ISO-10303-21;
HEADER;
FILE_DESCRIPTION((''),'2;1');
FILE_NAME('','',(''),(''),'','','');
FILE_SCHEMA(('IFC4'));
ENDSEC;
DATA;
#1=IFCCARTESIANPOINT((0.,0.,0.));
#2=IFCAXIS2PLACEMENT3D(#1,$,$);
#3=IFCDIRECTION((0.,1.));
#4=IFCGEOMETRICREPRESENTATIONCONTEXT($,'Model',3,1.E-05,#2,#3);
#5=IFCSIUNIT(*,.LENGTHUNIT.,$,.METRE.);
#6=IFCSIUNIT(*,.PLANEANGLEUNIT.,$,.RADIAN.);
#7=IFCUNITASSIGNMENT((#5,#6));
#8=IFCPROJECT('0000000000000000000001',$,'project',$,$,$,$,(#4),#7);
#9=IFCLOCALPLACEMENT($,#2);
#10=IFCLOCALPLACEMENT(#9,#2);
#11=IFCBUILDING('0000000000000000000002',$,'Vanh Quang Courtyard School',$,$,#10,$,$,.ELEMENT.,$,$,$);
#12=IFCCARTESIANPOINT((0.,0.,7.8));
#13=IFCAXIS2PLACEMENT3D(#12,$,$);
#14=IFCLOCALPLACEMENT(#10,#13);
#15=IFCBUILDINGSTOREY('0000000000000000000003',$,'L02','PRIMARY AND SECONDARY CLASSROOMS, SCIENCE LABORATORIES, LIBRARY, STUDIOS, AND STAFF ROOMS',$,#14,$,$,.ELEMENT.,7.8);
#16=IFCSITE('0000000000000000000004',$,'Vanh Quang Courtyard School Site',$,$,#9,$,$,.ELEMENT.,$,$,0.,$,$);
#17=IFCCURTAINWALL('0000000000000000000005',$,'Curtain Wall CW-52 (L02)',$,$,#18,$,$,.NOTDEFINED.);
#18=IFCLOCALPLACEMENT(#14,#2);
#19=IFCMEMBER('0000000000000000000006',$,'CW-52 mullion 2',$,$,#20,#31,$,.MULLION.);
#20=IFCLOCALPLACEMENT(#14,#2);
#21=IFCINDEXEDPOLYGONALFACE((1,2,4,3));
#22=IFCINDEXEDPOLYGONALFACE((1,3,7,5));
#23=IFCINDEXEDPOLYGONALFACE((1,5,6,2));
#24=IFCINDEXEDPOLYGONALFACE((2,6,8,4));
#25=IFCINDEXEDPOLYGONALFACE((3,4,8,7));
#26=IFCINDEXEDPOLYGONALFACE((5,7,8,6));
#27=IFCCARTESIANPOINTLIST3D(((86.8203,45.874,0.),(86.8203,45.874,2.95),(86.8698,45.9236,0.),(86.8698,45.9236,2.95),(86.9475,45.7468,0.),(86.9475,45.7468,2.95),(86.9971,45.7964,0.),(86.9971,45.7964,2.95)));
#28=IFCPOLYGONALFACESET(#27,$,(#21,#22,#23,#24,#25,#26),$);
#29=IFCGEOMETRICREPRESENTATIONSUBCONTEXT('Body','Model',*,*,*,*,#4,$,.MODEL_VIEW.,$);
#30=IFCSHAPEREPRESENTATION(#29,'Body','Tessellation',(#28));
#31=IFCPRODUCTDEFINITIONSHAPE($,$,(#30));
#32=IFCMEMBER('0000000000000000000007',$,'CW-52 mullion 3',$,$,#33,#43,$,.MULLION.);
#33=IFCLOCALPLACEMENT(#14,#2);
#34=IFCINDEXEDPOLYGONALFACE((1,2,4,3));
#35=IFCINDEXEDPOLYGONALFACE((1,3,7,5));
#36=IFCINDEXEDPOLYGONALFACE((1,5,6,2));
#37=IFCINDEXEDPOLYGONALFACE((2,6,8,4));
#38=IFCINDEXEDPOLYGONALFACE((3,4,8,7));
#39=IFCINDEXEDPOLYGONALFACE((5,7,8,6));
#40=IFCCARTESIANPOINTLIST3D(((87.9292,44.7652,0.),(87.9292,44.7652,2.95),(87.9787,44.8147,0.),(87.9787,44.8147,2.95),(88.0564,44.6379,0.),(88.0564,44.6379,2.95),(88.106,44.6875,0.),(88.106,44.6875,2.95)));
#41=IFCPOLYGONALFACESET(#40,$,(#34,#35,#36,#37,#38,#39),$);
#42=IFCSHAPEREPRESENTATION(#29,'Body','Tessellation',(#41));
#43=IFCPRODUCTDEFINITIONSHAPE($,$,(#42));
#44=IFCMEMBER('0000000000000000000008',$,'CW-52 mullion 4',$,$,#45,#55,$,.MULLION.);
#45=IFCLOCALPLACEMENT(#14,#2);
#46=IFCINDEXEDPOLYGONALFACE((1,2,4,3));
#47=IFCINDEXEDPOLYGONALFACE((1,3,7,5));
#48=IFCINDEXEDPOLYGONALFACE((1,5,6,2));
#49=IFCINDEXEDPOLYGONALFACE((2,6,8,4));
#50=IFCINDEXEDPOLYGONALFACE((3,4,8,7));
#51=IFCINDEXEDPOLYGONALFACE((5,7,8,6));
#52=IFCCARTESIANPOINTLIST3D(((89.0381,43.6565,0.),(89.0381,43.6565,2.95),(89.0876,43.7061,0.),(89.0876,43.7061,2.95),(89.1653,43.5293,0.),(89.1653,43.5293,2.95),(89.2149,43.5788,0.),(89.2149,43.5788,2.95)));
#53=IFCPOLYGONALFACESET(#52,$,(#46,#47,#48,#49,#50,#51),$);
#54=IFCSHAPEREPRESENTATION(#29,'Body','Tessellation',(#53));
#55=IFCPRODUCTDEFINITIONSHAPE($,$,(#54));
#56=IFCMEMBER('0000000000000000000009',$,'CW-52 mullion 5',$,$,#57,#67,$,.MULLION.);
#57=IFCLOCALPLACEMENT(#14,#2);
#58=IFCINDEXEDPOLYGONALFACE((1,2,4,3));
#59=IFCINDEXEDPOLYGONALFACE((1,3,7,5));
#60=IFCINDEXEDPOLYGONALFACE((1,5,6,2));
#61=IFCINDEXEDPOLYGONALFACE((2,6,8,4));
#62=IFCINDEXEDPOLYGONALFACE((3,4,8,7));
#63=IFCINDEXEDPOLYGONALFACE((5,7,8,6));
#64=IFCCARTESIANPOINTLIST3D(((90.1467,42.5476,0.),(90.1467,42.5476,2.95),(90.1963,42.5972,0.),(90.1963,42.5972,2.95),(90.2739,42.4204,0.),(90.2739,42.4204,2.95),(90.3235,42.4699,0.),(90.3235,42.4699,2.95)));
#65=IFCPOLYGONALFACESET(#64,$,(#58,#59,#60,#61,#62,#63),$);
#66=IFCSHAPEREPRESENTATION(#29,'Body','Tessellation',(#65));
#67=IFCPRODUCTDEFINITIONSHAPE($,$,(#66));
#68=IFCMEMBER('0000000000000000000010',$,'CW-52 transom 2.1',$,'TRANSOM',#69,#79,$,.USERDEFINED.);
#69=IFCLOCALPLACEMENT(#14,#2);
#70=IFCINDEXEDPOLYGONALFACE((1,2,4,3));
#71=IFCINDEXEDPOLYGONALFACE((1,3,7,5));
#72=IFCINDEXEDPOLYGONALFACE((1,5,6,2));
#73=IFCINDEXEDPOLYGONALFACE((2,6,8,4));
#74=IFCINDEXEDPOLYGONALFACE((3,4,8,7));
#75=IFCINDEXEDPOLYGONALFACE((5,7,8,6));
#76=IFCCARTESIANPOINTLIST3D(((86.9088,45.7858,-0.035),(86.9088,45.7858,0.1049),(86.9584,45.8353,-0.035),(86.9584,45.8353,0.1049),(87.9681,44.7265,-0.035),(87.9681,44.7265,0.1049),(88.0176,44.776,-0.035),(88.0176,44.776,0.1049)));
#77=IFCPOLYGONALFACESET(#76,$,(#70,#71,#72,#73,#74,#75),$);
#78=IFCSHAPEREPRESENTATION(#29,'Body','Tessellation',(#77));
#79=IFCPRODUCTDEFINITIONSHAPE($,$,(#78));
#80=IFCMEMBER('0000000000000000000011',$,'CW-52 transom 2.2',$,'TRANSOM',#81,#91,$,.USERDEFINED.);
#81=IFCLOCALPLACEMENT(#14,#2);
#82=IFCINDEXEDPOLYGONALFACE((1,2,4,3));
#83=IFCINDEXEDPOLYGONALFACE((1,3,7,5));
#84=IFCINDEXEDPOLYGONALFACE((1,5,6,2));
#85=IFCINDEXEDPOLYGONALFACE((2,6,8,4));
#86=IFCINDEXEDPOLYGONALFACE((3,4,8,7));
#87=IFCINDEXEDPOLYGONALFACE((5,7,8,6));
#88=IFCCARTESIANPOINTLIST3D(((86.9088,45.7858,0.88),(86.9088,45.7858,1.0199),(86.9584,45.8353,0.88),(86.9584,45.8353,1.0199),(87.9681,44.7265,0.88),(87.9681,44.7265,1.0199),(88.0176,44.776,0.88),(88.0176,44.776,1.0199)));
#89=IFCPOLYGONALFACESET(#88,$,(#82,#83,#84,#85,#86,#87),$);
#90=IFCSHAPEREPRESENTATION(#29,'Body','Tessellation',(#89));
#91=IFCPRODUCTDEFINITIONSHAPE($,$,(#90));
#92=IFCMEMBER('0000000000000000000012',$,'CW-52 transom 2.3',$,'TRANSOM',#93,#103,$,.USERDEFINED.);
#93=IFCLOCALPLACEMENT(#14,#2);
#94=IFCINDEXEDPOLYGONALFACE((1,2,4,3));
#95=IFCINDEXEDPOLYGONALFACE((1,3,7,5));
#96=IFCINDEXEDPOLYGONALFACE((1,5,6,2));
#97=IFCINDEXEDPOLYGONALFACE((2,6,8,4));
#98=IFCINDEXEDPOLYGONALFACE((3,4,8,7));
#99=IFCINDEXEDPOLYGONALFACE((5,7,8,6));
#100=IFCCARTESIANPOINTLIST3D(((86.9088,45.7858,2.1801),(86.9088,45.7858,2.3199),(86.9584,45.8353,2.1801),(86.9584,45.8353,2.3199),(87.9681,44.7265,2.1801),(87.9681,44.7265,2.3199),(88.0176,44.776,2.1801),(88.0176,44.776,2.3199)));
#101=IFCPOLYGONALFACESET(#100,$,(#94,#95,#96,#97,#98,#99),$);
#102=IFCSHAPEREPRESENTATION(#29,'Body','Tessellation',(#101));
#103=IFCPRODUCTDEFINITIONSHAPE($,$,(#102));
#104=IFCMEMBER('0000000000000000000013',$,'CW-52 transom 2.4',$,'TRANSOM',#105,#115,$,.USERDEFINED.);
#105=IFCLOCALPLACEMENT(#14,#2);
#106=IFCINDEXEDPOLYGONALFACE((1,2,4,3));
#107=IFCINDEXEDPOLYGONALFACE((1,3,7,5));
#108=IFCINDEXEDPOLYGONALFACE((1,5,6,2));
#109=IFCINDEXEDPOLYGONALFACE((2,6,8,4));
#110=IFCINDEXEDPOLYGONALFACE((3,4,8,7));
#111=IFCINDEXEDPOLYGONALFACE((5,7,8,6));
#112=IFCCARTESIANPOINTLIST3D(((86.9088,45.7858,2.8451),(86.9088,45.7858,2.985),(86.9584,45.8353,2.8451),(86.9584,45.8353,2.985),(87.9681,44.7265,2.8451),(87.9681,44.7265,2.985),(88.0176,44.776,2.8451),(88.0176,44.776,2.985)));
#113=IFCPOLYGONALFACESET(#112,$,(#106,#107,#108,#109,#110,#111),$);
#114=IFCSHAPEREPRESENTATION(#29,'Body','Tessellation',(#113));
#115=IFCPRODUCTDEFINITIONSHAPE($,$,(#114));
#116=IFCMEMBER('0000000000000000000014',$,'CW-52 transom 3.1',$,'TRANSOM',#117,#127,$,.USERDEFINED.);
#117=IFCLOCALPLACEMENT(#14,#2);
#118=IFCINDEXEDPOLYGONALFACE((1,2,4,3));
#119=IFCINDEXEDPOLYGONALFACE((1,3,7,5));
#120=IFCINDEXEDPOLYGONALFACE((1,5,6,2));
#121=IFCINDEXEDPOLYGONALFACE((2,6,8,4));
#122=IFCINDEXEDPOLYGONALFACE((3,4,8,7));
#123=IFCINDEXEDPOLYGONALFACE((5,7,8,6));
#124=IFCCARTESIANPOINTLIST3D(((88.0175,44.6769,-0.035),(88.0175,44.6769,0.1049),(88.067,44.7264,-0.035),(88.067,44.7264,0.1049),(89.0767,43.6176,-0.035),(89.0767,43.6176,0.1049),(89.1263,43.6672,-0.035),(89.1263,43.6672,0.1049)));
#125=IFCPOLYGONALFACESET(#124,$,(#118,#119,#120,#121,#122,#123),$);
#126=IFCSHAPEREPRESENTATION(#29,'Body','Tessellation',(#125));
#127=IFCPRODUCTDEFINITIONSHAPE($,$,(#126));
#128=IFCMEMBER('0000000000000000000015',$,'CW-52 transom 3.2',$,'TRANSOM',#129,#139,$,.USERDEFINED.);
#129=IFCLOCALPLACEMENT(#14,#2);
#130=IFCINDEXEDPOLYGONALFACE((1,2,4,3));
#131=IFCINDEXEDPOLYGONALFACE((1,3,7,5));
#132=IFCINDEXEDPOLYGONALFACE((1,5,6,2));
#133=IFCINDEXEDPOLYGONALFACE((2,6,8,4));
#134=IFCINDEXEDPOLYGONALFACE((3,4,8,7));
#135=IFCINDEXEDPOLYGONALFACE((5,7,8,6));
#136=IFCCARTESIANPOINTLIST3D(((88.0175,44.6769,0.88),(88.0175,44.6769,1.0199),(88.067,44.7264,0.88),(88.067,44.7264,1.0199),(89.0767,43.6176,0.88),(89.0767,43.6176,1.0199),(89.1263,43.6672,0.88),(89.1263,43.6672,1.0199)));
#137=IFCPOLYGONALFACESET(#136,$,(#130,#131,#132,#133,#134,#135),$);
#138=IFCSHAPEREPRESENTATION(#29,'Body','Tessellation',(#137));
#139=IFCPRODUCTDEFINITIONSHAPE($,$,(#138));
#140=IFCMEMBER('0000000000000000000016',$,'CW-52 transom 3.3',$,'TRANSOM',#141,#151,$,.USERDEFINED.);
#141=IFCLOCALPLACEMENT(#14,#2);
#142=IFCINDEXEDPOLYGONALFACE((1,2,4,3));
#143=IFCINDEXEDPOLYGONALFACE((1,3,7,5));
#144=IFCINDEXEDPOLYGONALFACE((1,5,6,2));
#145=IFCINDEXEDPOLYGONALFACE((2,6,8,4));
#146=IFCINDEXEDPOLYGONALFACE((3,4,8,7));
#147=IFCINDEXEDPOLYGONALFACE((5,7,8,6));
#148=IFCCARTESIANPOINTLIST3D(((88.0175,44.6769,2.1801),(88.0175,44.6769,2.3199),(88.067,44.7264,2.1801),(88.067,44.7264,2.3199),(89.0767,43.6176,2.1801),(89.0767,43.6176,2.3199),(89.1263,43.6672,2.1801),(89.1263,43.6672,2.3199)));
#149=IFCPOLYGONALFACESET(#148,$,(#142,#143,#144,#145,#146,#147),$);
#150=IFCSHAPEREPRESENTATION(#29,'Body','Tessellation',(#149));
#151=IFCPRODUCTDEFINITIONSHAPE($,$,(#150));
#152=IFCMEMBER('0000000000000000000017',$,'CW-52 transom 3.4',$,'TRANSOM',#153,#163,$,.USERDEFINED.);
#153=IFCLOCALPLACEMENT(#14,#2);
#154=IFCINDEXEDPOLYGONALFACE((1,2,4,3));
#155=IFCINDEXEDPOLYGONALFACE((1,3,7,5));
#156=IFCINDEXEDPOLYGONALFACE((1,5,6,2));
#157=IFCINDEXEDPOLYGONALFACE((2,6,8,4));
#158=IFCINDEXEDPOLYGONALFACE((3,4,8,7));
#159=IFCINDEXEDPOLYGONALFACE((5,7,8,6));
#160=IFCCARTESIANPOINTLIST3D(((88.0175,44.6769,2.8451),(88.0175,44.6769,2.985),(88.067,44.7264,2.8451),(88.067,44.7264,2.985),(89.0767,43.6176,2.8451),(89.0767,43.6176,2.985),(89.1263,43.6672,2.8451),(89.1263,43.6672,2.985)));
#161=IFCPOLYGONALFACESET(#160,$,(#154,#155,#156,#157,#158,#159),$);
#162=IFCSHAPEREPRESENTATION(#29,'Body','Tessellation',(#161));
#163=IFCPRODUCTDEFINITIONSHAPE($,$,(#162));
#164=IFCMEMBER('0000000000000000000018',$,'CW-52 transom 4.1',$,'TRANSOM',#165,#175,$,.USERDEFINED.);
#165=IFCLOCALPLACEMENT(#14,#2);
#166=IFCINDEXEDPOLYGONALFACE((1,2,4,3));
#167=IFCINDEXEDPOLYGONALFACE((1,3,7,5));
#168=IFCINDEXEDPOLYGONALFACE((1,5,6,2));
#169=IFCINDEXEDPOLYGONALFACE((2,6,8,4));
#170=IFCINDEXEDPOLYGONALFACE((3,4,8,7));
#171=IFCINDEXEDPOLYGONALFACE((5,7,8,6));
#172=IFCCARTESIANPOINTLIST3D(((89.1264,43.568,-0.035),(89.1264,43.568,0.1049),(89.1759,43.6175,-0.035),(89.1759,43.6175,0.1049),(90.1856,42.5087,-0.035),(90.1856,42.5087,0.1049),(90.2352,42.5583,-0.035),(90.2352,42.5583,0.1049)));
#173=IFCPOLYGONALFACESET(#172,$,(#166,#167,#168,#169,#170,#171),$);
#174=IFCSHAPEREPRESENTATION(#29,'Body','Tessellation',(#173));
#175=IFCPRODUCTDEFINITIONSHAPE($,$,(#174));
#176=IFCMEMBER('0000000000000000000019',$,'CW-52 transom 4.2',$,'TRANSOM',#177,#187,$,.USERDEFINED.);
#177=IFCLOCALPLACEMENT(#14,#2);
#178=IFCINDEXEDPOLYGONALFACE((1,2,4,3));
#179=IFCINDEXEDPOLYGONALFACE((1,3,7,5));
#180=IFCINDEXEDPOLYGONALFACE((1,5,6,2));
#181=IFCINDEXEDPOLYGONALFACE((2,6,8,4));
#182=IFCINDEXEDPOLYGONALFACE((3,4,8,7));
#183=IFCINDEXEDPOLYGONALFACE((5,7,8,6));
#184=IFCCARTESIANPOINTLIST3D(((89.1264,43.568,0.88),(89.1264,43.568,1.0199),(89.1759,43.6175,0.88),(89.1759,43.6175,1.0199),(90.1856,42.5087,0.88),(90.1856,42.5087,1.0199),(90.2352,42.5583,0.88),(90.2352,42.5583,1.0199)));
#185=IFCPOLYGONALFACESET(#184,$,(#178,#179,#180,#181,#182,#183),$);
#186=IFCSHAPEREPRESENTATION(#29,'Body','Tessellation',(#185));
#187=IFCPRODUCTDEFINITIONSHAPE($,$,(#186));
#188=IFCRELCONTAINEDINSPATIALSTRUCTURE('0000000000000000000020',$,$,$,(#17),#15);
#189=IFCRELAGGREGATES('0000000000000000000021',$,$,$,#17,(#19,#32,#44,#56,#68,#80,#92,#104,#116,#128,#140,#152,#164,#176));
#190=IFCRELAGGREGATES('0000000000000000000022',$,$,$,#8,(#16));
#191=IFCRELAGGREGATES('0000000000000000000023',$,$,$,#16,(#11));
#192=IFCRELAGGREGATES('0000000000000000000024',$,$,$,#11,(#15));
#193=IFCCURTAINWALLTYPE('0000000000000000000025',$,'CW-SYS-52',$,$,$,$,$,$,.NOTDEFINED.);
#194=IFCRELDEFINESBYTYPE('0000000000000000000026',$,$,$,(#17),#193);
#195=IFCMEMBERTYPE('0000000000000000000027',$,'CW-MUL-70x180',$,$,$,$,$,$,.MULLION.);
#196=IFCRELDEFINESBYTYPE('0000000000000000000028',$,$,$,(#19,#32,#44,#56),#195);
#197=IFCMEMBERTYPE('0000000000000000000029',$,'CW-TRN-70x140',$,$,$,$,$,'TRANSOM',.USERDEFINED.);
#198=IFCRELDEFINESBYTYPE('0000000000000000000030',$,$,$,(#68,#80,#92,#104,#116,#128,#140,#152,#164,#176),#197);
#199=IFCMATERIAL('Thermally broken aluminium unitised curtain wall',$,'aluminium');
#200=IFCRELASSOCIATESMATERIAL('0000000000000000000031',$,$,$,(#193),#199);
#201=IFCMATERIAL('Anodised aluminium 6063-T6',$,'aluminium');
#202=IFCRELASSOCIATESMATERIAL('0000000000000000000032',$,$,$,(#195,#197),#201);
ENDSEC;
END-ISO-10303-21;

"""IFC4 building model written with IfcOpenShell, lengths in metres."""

from ifc_helpers import new_model, si_unit, direction, frame, origin, origin_2d, place, context, subcontext, project, spatial, rectangle, extrude, material, material_profile, profile_set, type_object, element, aggregate, save


model = new_model("IFC4")

# Units and contexts
model_context = context("Model", 3, precision=1e-05, world=origin(), true_north=direction((0.0, 1.0)))
body_context = subcontext(model_context, "Body", "Model", "MODEL_VIEW")
ifc_project = project(units=[si_unit("LENGTHUNIT", "METRE"), si_unit("PLANEANGLEUNIT", "RADIAN")], contexts=[model_context])

# Site, building, storey
site_placement = place(None, origin())
site = spatial("IfcSite", under=ifc_project, at=site_placement, Name="Vanh Quang Courtyard School Site", CompositionType="ELEMENT", RefElevation=0.0)
building_placement = place(site_placement, origin())
building = spatial("IfcBuilding", under=site, at=building_placement, Name="Vanh Quang Courtyard School", CompositionType="ELEMENT")
storey_placement = place(building_placement, frame((0.0, 0.0, 7.8)))
storey = spatial("IfcBuildingStorey", under=building, at=storey_placement, Name="L02", Description="PRIMARY AND SECONDARY CLASSROOMS, SCIENCE LABORATORIES, LIBRARY, STUDIOS, AND STAFF ROOMS", CompositionType="ELEMENT", Elevation=7.8)

# Curtain wall, members
ifc_material_1 = material(Name="Thermally broken aluminium unitised curtain wall", Category="aluminium")
curtain_wall_type = type_object("IfcCurtainWallType", Name="CW-SYS-52", PredefinedType="NOTDEFINED", material=ifc_material_1)
curtain_wall_placement = place(storey_placement, origin())
curtain_wall = element("IfcCurtainWall", 1, at=curtain_wall_placement, inside=storey, type_object=curtain_wall_type, Name="Curtain Wall CW-52 (L02)", PredefinedType="NOTDEFINED")
ifc_material_2 = material(Name="Anodised aluminium 6063-T6", Category="aluminium")
ifc_material_profile_1 = material_profile(ifc_material_2, rectangle(XDim=0.0701, YDim=0.1799, at=origin_2d()), Name="ALU-MUL 70x180")
ifc_profile_set_1 = profile_set([ifc_material_profile_1], Name="Anodised aluminium 6063-T6")
member_type_1 = type_object("IfcMemberType", Name="CW-MUL-70x180", PredefinedType="MULLION", material=ifc_profile_set_1)
member_1_placement = place(storey_placement, frame((86.9087, 45.8352, 0.0), z_axis=(0.0, 0.0, 1.0), x_axis=(0.707107, 0.707107, 0.0)))
member_1 = element("IfcMember", 2, at=member_1_placement, type_object=member_type_1, Name="CW-52 mullion 2", PredefinedType="MULLION", context=body_context, shape_type="SweptSolid", body=[
    extrude(rectangle(XDim=0.0701, YDim=0.1799, at=origin_2d()), origin(), (0.0, 0.0, 1.0), 2.95),
])
member_2_placement = place(storey_placement, frame((88.0176, 44.7263, 0.0), z_axis=(0.0, 0.0, 1.0), x_axis=(0.707107, 0.707107, 0.0)))
member_2 = element("IfcMember", 3, at=member_2_placement, type_object=member_type_1, Name="CW-52 mullion 3", PredefinedType="MULLION", context=body_context, shape_type="SweptSolid", body=[
    extrude(rectangle(XDim=0.0701, YDim=0.1799, at=origin_2d()), origin(), (0.0, 0.0, 1.0), 2.95),
])
member_3_placement = place(storey_placement, frame((89.1265, 43.6177, 0.0), z_axis=(0.0, 0.0, 1.0), x_axis=(0.707107, 0.707107, 0.0)))
member_3 = element("IfcMember", 4, at=member_3_placement, type_object=member_type_1, Name="CW-52 mullion 4", PredefinedType="MULLION", context=body_context, shape_type="SweptSolid", body=[
    extrude(rectangle(XDim=0.0701, YDim=0.1799, at=origin_2d()), origin(), (0.0, 0.0, 1.0), 2.95),
])
member_4_placement = place(storey_placement, frame((90.2351, 42.5088, 0.0), z_axis=(0.0, 0.0, 1.0), x_axis=(0.707107, 0.707107, 0.0)))
member_4 = element("IfcMember", 5, at=member_4_placement, type_object=member_type_1, Name="CW-52 mullion 5", PredefinedType="MULLION", context=body_context, shape_type="SweptSolid", body=[
    extrude(rectangle(XDim=0.0701, YDim=0.1799, at=origin_2d()), origin(), (0.0, 0.0, 1.0), 2.95),
])
ifc_material_profile_2 = material_profile(ifc_material_2, rectangle(XDim=0.0701, YDim=0.1399, at=origin_2d()), Name="ALU-TRN 70x140")
ifc_profile_set_2 = profile_set([ifc_material_profile_2], Name="Anodised aluminium 6063-T6")
member_type_2 = type_object("IfcMemberType", Name="CW-TRN-70x140", ElementType="TRANSOM", PredefinedType="USERDEFINED", material=ifc_profile_set_2)
member_5_placement = place(storey_placement, frame((86.9336, 45.8105, 0.0349), z_axis=(0.707107, -0.707107, 0.0), x_axis=(0.707107, 0.707107, 0.0)))
member_5 = element("IfcMember", 6, at=member_5_placement, type_object=member_type_2, Name="CW-52 transom 2.1", ObjectType="TRANSOM", PredefinedType="USERDEFINED", context=body_context, shape_type="SweptSolid", body=[
    extrude(rectangle(XDim=0.0701, YDim=0.1399, at=origin_2d()), origin(), (0.0, 0.0, 1.0), 1.498),
])
member_6_placement = place(storey_placement, frame((86.9336, 45.8105, 0.95), z_axis=(0.707107, -0.707107, 0.0), x_axis=(0.707107, 0.707107, 0.0)))
member_6 = element("IfcMember", 7, at=member_6_placement, type_object=member_type_2, Name="CW-52 transom 2.2", ObjectType="TRANSOM", PredefinedType="USERDEFINED", context=body_context, shape_type="SweptSolid", body=[
    extrude(rectangle(XDim=0.0701, YDim=0.1399, at=origin_2d()), origin(), (0.0, 0.0, 1.0), 1.498),
])
member_7_placement = place(storey_placement, frame((86.9336, 45.8105, 2.25), z_axis=(0.707107, -0.707107, 0.0), x_axis=(0.707107, 0.707107, 0.0)))
member_7 = element("IfcMember", 8, at=member_7_placement, type_object=member_type_2, Name="CW-52 transom 2.3", ObjectType="TRANSOM", PredefinedType="USERDEFINED", context=body_context, shape_type="SweptSolid", body=[
    extrude(rectangle(XDim=0.0701, YDim=0.1399, at=origin_2d()), origin(), (0.0, 0.0, 1.0), 1.498),
])
member_8_placement = place(storey_placement, frame((86.9336, 45.8105, 2.915), z_axis=(0.707107, -0.707107, 0.0), x_axis=(0.707107, 0.707107, 0.0)))
member_8 = element("IfcMember", 9, at=member_8_placement, type_object=member_type_2, Name="CW-52 transom 2.4", ObjectType="TRANSOM", PredefinedType="USERDEFINED", context=body_context, shape_type="SweptSolid", body=[
    extrude(rectangle(XDim=0.0701, YDim=0.1399, at=origin_2d()), origin(), (0.0, 0.0, 1.0), 1.498),
])
member_9_placement = place(storey_placement, frame((88.0422, 44.7017, 0.0349), z_axis=(0.707107, -0.707107, 0.0), x_axis=(0.707107, 0.707107, 0.0)))
member_9 = element("IfcMember", 10, at=member_9_placement, type_object=member_type_2, Name="CW-52 transom 3.1", ObjectType="TRANSOM", PredefinedType="USERDEFINED", context=body_context, shape_type="SweptSolid", body=[
    extrude(rectangle(XDim=0.0701, YDim=0.1399, at=origin_2d()), origin(), (0.0, 0.0, 1.0), 1.498),
])
member_10_placement = place(storey_placement, frame((88.0422, 44.7017, 0.95), z_axis=(0.707107, -0.707107, 0.0), x_axis=(0.707107, 0.707107, 0.0)))
member_10 = element("IfcMember", 11, at=member_10_placement, type_object=member_type_2, Name="CW-52 transom 3.2", ObjectType="TRANSOM", PredefinedType="USERDEFINED", context=body_context, shape_type="SweptSolid", body=[
    extrude(rectangle(XDim=0.0701, YDim=0.1399, at=origin_2d()), origin(), (0.0, 0.0, 1.0), 1.498),
])
member_11_placement = place(storey_placement, frame((88.0422, 44.7017, 2.25), z_axis=(0.707107, -0.707107, 0.0), x_axis=(0.707107, 0.707107, 0.0)))
member_11 = element("IfcMember", 12, at=member_11_placement, type_object=member_type_2, Name="CW-52 transom 3.3", ObjectType="TRANSOM", PredefinedType="USERDEFINED", context=body_context, shape_type="SweptSolid", body=[
    extrude(rectangle(XDim=0.0701, YDim=0.1399, at=origin_2d()), origin(), (0.0, 0.0, 1.0), 1.498),
])
member_12_placement = place(storey_placement, frame((88.0422, 44.7017, 2.915), z_axis=(0.707107, -0.707107, 0.0), x_axis=(0.707107, 0.707107, 0.0)))
member_12 = element("IfcMember", 13, at=member_12_placement, type_object=member_type_2, Name="CW-52 transom 3.4", ObjectType="TRANSOM", PredefinedType="USERDEFINED", context=body_context, shape_type="SweptSolid", body=[
    extrude(rectangle(XDim=0.0701, YDim=0.1399, at=origin_2d()), origin(), (0.0, 0.0, 1.0), 1.498),
])
member_13_placement = place(storey_placement, frame((89.1511, 43.5928, 0.0349), z_axis=(0.707107, -0.707107, 0.0), x_axis=(0.707107, 0.707107, 0.0)))
member_13 = element("IfcMember", 14, at=member_13_placement, type_object=member_type_2, Name="CW-52 transom 4.1", ObjectType="TRANSOM", PredefinedType="USERDEFINED", context=body_context, shape_type="SweptSolid", body=[
    extrude(rectangle(XDim=0.0701, YDim=0.1399, at=origin_2d()), origin(), (0.0, 0.0, 1.0), 1.498),
])
member_14_placement = place(storey_placement, frame((89.1511, 43.5928, 0.95), z_axis=(0.707107, -0.707107, 0.0), x_axis=(0.707107, 0.707107, 0.0)))
member_14 = element("IfcMember", 15, at=member_14_placement, type_object=member_type_2, Name="CW-52 transom 4.2", ObjectType="TRANSOM", PredefinedType="USERDEFINED", context=body_context, shape_type="SweptSolid", body=[
    extrude(rectangle(XDim=0.0701, YDim=0.1399, at=origin_2d()), origin(), (0.0, 0.0, 1.0), 1.498),
])
aggregate(curtain_wall, [member_1, member_2, member_3, member_4, member_5, member_6, member_7, member_8, member_9, member_10, member_11, member_12, member_13, member_14])

save(model, "model.ifc")
